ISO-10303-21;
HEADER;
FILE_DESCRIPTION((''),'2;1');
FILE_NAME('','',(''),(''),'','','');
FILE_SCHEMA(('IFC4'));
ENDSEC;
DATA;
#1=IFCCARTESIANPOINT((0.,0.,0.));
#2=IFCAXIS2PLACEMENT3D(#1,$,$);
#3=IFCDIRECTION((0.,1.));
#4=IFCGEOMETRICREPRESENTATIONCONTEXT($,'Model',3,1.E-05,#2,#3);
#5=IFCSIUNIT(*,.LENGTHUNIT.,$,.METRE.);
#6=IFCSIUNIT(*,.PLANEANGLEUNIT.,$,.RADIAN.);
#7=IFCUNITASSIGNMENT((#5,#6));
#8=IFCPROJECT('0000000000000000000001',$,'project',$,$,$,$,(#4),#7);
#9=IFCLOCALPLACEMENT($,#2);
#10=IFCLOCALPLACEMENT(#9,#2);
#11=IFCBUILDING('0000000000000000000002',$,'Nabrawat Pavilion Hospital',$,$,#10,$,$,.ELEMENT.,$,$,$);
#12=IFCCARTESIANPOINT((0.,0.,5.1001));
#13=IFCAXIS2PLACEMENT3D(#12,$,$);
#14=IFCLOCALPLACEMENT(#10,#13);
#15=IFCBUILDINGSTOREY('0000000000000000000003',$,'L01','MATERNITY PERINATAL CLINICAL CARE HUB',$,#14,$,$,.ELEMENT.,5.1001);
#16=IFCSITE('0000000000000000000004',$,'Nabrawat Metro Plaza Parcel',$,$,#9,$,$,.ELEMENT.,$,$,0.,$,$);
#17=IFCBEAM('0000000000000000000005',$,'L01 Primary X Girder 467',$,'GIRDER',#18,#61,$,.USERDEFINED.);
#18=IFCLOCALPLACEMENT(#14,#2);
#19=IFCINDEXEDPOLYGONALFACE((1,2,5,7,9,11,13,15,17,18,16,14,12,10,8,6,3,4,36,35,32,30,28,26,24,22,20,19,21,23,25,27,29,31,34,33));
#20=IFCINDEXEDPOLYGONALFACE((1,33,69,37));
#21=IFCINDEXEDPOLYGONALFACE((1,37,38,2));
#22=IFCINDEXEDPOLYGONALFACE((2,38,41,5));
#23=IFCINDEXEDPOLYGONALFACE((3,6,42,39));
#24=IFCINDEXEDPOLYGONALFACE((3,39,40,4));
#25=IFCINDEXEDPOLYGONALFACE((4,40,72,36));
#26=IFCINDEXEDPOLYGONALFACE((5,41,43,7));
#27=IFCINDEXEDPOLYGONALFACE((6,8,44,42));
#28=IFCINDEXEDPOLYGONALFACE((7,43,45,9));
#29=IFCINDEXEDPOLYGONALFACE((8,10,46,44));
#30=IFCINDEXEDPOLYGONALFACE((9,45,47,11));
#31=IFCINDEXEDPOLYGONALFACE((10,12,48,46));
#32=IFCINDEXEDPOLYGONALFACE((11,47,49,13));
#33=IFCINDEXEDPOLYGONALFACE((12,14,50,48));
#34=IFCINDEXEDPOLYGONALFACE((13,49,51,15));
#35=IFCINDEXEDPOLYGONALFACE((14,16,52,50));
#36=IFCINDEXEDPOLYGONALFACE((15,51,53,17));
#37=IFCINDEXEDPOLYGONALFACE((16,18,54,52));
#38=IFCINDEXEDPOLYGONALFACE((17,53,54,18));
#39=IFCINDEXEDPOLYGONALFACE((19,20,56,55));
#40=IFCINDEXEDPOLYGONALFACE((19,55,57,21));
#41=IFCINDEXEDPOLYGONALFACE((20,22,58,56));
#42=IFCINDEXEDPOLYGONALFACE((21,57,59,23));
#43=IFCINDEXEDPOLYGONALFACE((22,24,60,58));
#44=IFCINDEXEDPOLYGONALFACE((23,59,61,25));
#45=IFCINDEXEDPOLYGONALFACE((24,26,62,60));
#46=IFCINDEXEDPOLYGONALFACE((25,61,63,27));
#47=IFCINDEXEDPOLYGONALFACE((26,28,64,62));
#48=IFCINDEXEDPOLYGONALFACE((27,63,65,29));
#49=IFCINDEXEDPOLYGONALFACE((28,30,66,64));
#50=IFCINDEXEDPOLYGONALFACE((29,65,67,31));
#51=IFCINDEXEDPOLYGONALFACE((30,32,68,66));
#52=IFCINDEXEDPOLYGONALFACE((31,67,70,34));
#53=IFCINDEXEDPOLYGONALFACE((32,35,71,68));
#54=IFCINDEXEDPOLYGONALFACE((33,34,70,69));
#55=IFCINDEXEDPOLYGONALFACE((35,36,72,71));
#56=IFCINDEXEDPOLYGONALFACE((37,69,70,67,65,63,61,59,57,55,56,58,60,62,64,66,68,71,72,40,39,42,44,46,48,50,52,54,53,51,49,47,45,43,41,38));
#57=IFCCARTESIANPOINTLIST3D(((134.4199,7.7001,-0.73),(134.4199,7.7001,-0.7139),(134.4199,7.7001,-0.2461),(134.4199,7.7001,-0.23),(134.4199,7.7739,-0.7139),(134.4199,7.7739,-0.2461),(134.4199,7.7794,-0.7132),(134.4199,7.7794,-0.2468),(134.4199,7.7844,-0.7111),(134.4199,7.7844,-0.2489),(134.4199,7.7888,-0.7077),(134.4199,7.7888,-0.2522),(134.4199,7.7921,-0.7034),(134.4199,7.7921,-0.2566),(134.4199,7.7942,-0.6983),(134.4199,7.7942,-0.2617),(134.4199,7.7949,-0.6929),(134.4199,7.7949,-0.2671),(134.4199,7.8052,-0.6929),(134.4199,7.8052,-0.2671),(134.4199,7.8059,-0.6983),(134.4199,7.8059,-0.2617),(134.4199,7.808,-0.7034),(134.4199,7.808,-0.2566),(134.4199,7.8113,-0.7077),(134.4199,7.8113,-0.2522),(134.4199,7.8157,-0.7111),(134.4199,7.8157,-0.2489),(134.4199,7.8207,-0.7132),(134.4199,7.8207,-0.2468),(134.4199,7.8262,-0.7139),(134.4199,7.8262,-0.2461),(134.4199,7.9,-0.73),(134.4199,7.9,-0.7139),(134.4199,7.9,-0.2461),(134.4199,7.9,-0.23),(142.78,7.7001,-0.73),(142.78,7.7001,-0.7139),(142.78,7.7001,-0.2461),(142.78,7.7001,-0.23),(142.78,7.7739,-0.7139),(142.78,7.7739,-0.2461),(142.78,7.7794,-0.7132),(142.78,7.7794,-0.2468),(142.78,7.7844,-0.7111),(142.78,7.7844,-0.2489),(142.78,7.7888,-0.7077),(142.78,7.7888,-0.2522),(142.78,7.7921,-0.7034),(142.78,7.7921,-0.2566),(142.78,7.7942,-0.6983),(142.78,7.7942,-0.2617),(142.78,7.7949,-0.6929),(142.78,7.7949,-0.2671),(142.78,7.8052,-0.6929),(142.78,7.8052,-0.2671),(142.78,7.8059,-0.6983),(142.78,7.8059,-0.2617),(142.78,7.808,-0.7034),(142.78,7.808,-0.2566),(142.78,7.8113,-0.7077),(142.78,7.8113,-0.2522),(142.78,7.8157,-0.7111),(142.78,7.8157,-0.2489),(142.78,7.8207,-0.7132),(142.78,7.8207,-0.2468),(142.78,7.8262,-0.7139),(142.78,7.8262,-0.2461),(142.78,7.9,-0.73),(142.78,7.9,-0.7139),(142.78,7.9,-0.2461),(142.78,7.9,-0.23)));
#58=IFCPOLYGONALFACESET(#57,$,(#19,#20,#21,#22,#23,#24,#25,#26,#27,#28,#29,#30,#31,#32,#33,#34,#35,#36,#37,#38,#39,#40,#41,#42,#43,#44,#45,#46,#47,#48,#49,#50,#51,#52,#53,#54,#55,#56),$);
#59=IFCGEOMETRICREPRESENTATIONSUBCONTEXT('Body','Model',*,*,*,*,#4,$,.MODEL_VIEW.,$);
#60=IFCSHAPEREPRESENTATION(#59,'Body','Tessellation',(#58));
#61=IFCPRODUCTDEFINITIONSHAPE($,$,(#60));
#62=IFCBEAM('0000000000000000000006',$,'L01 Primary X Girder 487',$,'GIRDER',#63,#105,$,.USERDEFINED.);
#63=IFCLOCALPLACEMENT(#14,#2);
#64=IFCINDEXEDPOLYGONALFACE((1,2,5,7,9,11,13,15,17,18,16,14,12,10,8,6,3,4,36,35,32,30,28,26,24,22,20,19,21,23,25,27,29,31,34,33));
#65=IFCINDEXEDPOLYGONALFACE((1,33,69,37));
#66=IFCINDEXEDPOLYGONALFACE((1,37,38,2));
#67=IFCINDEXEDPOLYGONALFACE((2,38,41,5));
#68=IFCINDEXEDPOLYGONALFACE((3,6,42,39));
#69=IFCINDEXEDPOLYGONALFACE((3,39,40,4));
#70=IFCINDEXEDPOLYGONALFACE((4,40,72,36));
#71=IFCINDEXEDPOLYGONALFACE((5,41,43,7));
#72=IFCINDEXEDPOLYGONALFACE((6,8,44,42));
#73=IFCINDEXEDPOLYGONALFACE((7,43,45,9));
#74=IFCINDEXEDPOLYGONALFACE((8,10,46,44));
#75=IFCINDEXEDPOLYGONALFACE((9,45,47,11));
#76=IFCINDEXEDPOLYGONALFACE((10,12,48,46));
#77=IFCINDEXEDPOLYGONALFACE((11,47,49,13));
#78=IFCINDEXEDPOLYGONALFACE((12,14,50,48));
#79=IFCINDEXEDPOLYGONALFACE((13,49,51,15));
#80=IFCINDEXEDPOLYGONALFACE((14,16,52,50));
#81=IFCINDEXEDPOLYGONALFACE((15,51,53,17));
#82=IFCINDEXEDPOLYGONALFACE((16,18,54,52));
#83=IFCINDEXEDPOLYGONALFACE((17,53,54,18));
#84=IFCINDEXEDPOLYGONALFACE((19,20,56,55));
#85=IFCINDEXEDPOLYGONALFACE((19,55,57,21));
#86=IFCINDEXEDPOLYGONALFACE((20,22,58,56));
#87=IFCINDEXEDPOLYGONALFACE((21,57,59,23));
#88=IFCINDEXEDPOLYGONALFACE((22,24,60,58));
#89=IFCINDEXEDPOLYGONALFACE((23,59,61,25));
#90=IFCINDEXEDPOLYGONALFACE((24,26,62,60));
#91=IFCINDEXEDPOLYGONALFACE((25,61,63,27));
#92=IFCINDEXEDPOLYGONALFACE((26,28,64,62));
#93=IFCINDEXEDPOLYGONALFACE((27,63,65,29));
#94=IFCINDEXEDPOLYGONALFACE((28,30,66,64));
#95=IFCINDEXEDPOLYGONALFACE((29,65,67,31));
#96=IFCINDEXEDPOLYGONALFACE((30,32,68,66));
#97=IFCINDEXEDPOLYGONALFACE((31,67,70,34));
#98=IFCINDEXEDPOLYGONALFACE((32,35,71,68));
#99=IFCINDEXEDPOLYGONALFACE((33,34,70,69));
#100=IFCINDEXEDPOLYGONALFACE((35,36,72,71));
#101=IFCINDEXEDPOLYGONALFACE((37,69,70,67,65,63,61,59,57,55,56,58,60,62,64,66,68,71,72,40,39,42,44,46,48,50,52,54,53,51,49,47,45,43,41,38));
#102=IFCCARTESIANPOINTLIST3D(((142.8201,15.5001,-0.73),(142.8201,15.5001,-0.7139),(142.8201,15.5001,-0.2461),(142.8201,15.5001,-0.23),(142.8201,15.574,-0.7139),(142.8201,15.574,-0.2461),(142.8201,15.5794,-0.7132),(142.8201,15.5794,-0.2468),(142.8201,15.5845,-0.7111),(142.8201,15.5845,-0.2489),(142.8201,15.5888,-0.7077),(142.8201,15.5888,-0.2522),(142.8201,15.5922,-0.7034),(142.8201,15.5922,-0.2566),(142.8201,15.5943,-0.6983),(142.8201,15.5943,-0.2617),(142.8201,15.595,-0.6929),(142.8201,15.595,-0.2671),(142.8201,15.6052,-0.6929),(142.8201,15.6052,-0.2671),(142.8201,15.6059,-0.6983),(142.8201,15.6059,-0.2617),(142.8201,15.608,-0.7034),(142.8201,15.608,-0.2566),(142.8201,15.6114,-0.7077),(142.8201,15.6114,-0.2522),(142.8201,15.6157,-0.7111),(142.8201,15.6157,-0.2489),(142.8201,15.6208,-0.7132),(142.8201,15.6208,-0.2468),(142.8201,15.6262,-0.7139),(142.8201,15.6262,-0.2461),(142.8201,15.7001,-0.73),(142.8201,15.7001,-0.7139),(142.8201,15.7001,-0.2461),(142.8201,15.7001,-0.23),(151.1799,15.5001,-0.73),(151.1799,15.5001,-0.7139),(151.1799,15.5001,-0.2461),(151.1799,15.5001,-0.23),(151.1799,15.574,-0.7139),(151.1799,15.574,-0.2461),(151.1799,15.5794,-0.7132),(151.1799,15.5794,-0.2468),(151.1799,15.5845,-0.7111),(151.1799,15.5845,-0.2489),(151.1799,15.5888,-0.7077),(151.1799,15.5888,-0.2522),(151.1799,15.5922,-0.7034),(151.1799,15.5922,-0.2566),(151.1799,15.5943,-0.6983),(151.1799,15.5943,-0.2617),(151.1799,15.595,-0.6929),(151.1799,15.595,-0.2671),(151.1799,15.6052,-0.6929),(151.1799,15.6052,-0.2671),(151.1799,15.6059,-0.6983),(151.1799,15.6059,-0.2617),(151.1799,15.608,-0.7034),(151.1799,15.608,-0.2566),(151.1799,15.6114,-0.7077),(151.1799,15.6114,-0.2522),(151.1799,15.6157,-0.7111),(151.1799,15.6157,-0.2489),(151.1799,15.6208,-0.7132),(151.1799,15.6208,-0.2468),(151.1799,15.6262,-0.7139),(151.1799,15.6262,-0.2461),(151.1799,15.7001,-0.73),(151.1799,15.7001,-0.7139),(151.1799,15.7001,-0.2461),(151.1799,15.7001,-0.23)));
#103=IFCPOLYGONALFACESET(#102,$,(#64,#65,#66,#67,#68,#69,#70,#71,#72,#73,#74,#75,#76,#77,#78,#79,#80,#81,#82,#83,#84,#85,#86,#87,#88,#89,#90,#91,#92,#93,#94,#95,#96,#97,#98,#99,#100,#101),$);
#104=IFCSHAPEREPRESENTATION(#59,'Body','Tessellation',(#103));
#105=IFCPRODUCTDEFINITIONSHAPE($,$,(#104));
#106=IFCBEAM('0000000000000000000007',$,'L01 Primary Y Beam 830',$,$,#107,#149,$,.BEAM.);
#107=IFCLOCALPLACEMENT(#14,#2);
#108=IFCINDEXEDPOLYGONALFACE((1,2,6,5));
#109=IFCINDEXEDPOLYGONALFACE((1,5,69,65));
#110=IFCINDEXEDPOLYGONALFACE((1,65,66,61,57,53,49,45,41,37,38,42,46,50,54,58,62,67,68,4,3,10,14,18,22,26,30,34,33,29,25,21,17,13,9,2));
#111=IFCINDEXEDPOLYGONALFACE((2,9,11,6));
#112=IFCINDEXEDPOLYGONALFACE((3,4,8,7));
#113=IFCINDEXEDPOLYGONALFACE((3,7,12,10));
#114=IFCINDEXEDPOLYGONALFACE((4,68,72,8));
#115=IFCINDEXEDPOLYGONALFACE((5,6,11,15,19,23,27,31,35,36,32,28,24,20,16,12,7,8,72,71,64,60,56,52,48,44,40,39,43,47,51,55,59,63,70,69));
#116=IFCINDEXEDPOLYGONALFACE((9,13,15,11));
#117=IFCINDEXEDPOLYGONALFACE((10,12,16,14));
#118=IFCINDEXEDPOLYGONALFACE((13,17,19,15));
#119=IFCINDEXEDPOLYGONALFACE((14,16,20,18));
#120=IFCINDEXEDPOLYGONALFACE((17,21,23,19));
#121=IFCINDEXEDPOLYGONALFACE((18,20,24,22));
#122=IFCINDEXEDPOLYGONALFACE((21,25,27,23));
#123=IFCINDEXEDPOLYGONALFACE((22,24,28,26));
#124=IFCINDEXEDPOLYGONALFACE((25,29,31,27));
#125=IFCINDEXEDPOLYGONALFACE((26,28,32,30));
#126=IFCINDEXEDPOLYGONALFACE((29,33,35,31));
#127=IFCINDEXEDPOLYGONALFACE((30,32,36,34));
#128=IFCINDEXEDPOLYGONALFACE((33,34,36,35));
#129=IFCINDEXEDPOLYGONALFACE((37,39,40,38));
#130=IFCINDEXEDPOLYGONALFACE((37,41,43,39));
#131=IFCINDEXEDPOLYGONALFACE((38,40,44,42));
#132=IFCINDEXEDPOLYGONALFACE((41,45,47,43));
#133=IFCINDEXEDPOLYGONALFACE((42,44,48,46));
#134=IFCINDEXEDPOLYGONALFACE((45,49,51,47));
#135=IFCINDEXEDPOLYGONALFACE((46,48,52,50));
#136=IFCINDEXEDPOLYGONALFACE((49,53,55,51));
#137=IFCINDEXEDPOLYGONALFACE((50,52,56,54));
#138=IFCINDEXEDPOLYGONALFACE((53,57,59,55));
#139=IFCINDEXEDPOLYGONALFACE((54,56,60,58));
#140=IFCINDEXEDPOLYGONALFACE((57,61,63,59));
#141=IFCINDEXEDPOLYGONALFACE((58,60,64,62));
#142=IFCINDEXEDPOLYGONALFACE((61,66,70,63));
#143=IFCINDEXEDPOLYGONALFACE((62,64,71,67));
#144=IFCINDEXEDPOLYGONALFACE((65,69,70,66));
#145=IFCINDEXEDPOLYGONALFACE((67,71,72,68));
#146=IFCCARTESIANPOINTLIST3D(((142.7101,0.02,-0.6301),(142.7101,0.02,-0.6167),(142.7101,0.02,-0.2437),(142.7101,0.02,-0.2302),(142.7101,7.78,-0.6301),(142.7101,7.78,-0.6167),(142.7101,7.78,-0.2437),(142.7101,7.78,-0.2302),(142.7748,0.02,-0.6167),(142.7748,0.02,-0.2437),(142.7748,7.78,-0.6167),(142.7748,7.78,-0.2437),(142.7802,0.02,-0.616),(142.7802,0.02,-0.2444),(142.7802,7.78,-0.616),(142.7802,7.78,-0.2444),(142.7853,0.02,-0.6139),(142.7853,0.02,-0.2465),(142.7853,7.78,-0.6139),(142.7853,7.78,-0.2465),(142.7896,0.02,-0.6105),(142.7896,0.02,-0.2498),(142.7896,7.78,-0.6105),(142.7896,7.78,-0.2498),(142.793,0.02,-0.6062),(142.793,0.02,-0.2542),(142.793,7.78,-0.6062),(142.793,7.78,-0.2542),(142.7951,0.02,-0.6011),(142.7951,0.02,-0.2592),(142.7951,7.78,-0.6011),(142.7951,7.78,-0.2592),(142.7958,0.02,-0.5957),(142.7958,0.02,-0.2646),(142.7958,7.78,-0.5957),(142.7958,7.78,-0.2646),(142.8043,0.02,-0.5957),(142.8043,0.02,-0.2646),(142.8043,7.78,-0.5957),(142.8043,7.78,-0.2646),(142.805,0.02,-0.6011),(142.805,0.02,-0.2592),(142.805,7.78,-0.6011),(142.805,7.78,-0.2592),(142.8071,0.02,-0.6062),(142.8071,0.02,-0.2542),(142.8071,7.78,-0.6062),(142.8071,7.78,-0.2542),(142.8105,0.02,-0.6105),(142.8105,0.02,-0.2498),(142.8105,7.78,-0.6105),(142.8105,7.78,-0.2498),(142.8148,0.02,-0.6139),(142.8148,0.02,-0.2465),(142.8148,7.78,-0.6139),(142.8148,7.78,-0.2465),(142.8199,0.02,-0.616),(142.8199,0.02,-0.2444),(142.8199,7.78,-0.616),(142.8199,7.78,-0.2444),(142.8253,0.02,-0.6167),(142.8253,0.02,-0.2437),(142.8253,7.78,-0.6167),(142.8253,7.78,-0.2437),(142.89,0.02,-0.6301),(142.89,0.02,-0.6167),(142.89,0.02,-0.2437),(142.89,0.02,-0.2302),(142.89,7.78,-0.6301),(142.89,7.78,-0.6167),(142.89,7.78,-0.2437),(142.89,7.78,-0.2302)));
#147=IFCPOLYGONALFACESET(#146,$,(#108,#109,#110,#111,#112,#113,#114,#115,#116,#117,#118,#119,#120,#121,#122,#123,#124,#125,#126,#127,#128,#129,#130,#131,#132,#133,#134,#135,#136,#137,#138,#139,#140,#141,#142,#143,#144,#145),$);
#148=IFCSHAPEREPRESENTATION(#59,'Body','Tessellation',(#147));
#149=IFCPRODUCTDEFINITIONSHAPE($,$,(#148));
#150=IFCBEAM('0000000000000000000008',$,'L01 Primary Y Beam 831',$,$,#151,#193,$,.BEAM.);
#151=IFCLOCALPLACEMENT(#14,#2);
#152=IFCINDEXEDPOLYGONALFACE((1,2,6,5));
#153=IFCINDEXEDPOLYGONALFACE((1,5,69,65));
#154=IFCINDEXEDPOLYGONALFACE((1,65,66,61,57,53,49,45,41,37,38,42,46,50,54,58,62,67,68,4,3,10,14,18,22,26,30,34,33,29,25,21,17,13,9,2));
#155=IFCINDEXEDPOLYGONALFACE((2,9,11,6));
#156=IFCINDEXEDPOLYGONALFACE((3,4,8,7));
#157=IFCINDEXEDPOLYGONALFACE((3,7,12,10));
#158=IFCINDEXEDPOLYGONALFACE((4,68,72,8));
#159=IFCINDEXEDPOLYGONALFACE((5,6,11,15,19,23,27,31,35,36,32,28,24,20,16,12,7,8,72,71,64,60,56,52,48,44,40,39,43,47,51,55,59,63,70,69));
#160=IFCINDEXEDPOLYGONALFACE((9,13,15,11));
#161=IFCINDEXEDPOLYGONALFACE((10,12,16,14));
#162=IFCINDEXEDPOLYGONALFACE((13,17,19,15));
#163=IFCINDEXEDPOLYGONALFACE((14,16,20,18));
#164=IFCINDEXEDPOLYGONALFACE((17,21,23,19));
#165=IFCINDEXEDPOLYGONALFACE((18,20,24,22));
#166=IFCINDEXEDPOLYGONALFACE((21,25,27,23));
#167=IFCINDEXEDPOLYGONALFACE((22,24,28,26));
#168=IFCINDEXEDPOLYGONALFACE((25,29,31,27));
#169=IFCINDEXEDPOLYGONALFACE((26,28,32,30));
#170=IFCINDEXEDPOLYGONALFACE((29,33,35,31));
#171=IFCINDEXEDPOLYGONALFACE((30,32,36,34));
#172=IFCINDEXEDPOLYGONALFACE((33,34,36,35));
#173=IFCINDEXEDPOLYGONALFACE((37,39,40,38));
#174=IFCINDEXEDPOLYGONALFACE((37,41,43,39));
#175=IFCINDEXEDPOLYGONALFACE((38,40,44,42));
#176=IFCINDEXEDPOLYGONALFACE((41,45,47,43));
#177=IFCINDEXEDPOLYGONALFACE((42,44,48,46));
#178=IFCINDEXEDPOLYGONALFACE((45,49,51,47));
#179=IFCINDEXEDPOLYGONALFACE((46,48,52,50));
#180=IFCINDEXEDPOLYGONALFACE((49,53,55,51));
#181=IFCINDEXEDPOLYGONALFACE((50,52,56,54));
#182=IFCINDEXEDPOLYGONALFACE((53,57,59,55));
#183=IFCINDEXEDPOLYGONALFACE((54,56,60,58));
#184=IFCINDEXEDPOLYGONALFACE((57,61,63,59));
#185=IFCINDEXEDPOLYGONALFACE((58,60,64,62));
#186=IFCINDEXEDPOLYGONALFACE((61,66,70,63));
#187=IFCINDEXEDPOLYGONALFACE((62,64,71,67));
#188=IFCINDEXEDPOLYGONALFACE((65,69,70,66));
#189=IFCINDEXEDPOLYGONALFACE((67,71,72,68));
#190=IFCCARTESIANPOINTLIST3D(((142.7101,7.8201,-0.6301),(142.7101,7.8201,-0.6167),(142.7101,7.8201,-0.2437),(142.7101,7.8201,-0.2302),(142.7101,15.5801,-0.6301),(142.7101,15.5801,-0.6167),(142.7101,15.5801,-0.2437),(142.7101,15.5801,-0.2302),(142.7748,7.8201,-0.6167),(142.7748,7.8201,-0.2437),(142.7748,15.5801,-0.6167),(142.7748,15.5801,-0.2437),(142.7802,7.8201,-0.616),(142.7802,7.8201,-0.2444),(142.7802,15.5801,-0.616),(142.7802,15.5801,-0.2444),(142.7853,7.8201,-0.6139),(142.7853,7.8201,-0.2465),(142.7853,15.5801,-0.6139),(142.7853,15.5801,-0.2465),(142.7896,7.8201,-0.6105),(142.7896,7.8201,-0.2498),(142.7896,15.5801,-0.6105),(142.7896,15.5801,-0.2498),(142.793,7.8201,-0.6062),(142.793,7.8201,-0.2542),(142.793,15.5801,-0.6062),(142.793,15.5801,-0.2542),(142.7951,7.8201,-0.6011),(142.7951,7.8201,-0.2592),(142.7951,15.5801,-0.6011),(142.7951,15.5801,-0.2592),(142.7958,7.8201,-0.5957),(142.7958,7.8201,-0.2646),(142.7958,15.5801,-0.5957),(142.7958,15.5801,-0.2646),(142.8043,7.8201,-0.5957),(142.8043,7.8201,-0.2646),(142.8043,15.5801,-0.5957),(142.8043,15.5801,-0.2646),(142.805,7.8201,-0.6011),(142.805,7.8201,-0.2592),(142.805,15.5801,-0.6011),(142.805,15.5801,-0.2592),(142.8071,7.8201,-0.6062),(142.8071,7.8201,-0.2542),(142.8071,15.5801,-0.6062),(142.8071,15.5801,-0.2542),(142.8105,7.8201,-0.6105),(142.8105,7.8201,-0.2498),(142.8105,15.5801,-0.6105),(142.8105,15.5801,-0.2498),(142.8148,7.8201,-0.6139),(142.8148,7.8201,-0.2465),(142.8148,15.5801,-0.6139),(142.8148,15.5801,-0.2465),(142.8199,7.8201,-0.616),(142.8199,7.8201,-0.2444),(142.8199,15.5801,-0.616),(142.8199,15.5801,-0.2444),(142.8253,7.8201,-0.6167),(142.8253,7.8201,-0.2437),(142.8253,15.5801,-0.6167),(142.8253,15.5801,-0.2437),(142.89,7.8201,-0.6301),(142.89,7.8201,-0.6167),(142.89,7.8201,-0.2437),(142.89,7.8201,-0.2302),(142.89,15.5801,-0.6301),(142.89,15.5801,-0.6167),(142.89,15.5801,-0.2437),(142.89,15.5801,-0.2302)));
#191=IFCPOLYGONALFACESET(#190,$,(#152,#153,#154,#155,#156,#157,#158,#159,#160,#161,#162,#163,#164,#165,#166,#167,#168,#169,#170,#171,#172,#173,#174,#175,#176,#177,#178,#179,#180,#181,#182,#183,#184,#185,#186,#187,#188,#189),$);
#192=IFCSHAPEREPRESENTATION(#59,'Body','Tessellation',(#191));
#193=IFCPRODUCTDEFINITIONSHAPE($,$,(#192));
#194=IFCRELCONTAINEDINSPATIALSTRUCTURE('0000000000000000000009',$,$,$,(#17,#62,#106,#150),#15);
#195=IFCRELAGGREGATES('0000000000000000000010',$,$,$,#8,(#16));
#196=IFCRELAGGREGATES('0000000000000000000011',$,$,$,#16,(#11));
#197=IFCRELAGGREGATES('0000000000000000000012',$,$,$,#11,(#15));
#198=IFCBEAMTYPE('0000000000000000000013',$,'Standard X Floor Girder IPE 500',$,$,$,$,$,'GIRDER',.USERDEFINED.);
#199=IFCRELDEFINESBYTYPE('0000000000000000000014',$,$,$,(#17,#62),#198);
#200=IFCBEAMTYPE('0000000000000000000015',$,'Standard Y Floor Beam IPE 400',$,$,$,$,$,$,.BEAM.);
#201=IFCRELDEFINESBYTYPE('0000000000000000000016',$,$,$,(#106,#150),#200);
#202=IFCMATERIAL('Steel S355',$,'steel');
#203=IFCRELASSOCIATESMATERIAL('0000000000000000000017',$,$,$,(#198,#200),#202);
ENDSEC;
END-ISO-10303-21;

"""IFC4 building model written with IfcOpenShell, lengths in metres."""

from ifc_helpers import new_model, si_unit, direction, frame, origin, origin_2d, place, context, subcontext, project, spatial, i_section, extrude, material, material_profile, profile_set, type_object, element, save


model = new_model("IFC4")

# Units and contexts
model_context = context("Model", 3, precision=1e-05, world=origin(), true_north=direction((0.0, 1.0)))
body_context = subcontext(model_context, "Body", "Model", "MODEL_VIEW")
ifc_project = project(units=[si_unit("LENGTHUNIT", "METRE"), si_unit("PLANEANGLEUNIT", "RADIAN")], contexts=[model_context])

# Site, building, storey
site_placement = place(None, origin())
site = spatial("IfcSite", under=ifc_project, at=site_placement, Name="Nabrawat Metro Plaza Parcel", CompositionType="ELEMENT", RefElevation=0.0)
building_placement = place(site_placement, origin())
building = spatial("IfcBuilding", under=site, at=building_placement, Name="Nabrawat Pavilion Hospital", CompositionType="ELEMENT")
storey_placement = place(building_placement, frame((0.0, 0.0, 5.1001)))
storey = spatial("IfcBuildingStorey", under=building, at=storey_placement, Name="L01", Description="MATERNITY PERINATAL CLINICAL CARE HUB", CompositionType="ELEMENT", Elevation=5.1001)

# Shared definitions
ifc_material_1 = material(Name="Steel S355", Category="steel")

# Beams
ifc_material_profile_1 = material_profile(ifc_material_1, i_section(OverallWidth=0.2, OverallDepth=0.5, WebThickness=0.0103, FlangeThickness=0.0161, FilletRadius=0.021, at=origin_2d()), Name="IPE 500")
ifc_profile_set_1 = profile_set([ifc_material_profile_1], Name="Steel S355")
beam_type_1 = type_object("IfcBeamType", Name="Standard X Floor Girder IPE 500", ElementType="GIRDER", PredefinedType="USERDEFINED", material=ifc_profile_set_1)
beam_1_placement = place(storey_placement, frame((134.4199, 7.8, -0.48), z_axis=(1.0, 0.0, 0.0), x_axis=(0.0, 1.0, 0.0)))
element("IfcBeam", 1, at=beam_1_placement, inside=storey, type_object=beam_type_1, Name="L01 Primary X Girder 467", ObjectType="GIRDER", PredefinedType="USERDEFINED", context=body_context, shape_type="SweptSolid", body=[
    extrude(i_section(OverallWidth=0.2, OverallDepth=0.5, WebThickness=0.0103, FlangeThickness=0.0161, FilletRadius=0.021, at=origin_2d()), origin(), (0.0, 0.0, 1.0), 8.3601),
])
beam_2_placement = place(storey_placement, frame((142.8201, 15.6001, -0.48), z_axis=(1.0, 0.0, 0.0), x_axis=(0.0, 1.0, 0.0)))
element("IfcBeam", 2, at=beam_2_placement, inside=storey, type_object=beam_type_1, Name="L01 Primary X Girder 487", ObjectType="GIRDER", PredefinedType="USERDEFINED", context=body_context, shape_type="SweptSolid", body=[
    extrude(i_section(OverallWidth=0.2, OverallDepth=0.5, WebThickness=0.0103, FlangeThickness=0.0161, FilletRadius=0.021, at=origin_2d()), origin(), (0.0, 0.0, 1.0), 8.3599),
])
ifc_material_profile_2 = material_profile(ifc_material_1, i_section(OverallWidth=0.1799, OverallDepth=0.3999, WebThickness=0.0085, FlangeThickness=0.0134, FilletRadius=0.021, at=origin_2d()), Name="IPE 400")
ifc_profile_set_2 = profile_set([ifc_material_profile_2], Name="Steel S355")
beam_type_2 = type_object("IfcBeamType", Name="Standard Y Floor Beam IPE 400", PredefinedType="BEAM", material=ifc_profile_set_2)
for number, where, z_axis, x_axis, name in (
    (3, (142.8, 0.02, -0.4302), (0.0, 1.0, 0.0), (-1.0, 0.0, 0.0), "L01 Primary Y Beam 830"),
    (4, (142.8, 7.8201, -0.4302), (0.0, 1.0, 0.0), (-1.0, 0.0, 0.0), "L01 Primary Y Beam 831"),
):
    element("IfcBeam", number, at=place(storey_placement, frame(where, z_axis=z_axis, x_axis=x_axis)), inside=storey, type_object=beam_type_2, Name=name, PredefinedType="BEAM", context=body_context, shape_type="SweptSolid", body=[
        extrude(i_section(OverallWidth=0.1799, OverallDepth=0.3999, WebThickness=0.0085, FlangeThickness=0.0134, FilletRadius=0.021, at=origin_2d()), origin(), (0.0, 0.0, 1.0), 7.76),
    ])

save(model, "model.ifc")
